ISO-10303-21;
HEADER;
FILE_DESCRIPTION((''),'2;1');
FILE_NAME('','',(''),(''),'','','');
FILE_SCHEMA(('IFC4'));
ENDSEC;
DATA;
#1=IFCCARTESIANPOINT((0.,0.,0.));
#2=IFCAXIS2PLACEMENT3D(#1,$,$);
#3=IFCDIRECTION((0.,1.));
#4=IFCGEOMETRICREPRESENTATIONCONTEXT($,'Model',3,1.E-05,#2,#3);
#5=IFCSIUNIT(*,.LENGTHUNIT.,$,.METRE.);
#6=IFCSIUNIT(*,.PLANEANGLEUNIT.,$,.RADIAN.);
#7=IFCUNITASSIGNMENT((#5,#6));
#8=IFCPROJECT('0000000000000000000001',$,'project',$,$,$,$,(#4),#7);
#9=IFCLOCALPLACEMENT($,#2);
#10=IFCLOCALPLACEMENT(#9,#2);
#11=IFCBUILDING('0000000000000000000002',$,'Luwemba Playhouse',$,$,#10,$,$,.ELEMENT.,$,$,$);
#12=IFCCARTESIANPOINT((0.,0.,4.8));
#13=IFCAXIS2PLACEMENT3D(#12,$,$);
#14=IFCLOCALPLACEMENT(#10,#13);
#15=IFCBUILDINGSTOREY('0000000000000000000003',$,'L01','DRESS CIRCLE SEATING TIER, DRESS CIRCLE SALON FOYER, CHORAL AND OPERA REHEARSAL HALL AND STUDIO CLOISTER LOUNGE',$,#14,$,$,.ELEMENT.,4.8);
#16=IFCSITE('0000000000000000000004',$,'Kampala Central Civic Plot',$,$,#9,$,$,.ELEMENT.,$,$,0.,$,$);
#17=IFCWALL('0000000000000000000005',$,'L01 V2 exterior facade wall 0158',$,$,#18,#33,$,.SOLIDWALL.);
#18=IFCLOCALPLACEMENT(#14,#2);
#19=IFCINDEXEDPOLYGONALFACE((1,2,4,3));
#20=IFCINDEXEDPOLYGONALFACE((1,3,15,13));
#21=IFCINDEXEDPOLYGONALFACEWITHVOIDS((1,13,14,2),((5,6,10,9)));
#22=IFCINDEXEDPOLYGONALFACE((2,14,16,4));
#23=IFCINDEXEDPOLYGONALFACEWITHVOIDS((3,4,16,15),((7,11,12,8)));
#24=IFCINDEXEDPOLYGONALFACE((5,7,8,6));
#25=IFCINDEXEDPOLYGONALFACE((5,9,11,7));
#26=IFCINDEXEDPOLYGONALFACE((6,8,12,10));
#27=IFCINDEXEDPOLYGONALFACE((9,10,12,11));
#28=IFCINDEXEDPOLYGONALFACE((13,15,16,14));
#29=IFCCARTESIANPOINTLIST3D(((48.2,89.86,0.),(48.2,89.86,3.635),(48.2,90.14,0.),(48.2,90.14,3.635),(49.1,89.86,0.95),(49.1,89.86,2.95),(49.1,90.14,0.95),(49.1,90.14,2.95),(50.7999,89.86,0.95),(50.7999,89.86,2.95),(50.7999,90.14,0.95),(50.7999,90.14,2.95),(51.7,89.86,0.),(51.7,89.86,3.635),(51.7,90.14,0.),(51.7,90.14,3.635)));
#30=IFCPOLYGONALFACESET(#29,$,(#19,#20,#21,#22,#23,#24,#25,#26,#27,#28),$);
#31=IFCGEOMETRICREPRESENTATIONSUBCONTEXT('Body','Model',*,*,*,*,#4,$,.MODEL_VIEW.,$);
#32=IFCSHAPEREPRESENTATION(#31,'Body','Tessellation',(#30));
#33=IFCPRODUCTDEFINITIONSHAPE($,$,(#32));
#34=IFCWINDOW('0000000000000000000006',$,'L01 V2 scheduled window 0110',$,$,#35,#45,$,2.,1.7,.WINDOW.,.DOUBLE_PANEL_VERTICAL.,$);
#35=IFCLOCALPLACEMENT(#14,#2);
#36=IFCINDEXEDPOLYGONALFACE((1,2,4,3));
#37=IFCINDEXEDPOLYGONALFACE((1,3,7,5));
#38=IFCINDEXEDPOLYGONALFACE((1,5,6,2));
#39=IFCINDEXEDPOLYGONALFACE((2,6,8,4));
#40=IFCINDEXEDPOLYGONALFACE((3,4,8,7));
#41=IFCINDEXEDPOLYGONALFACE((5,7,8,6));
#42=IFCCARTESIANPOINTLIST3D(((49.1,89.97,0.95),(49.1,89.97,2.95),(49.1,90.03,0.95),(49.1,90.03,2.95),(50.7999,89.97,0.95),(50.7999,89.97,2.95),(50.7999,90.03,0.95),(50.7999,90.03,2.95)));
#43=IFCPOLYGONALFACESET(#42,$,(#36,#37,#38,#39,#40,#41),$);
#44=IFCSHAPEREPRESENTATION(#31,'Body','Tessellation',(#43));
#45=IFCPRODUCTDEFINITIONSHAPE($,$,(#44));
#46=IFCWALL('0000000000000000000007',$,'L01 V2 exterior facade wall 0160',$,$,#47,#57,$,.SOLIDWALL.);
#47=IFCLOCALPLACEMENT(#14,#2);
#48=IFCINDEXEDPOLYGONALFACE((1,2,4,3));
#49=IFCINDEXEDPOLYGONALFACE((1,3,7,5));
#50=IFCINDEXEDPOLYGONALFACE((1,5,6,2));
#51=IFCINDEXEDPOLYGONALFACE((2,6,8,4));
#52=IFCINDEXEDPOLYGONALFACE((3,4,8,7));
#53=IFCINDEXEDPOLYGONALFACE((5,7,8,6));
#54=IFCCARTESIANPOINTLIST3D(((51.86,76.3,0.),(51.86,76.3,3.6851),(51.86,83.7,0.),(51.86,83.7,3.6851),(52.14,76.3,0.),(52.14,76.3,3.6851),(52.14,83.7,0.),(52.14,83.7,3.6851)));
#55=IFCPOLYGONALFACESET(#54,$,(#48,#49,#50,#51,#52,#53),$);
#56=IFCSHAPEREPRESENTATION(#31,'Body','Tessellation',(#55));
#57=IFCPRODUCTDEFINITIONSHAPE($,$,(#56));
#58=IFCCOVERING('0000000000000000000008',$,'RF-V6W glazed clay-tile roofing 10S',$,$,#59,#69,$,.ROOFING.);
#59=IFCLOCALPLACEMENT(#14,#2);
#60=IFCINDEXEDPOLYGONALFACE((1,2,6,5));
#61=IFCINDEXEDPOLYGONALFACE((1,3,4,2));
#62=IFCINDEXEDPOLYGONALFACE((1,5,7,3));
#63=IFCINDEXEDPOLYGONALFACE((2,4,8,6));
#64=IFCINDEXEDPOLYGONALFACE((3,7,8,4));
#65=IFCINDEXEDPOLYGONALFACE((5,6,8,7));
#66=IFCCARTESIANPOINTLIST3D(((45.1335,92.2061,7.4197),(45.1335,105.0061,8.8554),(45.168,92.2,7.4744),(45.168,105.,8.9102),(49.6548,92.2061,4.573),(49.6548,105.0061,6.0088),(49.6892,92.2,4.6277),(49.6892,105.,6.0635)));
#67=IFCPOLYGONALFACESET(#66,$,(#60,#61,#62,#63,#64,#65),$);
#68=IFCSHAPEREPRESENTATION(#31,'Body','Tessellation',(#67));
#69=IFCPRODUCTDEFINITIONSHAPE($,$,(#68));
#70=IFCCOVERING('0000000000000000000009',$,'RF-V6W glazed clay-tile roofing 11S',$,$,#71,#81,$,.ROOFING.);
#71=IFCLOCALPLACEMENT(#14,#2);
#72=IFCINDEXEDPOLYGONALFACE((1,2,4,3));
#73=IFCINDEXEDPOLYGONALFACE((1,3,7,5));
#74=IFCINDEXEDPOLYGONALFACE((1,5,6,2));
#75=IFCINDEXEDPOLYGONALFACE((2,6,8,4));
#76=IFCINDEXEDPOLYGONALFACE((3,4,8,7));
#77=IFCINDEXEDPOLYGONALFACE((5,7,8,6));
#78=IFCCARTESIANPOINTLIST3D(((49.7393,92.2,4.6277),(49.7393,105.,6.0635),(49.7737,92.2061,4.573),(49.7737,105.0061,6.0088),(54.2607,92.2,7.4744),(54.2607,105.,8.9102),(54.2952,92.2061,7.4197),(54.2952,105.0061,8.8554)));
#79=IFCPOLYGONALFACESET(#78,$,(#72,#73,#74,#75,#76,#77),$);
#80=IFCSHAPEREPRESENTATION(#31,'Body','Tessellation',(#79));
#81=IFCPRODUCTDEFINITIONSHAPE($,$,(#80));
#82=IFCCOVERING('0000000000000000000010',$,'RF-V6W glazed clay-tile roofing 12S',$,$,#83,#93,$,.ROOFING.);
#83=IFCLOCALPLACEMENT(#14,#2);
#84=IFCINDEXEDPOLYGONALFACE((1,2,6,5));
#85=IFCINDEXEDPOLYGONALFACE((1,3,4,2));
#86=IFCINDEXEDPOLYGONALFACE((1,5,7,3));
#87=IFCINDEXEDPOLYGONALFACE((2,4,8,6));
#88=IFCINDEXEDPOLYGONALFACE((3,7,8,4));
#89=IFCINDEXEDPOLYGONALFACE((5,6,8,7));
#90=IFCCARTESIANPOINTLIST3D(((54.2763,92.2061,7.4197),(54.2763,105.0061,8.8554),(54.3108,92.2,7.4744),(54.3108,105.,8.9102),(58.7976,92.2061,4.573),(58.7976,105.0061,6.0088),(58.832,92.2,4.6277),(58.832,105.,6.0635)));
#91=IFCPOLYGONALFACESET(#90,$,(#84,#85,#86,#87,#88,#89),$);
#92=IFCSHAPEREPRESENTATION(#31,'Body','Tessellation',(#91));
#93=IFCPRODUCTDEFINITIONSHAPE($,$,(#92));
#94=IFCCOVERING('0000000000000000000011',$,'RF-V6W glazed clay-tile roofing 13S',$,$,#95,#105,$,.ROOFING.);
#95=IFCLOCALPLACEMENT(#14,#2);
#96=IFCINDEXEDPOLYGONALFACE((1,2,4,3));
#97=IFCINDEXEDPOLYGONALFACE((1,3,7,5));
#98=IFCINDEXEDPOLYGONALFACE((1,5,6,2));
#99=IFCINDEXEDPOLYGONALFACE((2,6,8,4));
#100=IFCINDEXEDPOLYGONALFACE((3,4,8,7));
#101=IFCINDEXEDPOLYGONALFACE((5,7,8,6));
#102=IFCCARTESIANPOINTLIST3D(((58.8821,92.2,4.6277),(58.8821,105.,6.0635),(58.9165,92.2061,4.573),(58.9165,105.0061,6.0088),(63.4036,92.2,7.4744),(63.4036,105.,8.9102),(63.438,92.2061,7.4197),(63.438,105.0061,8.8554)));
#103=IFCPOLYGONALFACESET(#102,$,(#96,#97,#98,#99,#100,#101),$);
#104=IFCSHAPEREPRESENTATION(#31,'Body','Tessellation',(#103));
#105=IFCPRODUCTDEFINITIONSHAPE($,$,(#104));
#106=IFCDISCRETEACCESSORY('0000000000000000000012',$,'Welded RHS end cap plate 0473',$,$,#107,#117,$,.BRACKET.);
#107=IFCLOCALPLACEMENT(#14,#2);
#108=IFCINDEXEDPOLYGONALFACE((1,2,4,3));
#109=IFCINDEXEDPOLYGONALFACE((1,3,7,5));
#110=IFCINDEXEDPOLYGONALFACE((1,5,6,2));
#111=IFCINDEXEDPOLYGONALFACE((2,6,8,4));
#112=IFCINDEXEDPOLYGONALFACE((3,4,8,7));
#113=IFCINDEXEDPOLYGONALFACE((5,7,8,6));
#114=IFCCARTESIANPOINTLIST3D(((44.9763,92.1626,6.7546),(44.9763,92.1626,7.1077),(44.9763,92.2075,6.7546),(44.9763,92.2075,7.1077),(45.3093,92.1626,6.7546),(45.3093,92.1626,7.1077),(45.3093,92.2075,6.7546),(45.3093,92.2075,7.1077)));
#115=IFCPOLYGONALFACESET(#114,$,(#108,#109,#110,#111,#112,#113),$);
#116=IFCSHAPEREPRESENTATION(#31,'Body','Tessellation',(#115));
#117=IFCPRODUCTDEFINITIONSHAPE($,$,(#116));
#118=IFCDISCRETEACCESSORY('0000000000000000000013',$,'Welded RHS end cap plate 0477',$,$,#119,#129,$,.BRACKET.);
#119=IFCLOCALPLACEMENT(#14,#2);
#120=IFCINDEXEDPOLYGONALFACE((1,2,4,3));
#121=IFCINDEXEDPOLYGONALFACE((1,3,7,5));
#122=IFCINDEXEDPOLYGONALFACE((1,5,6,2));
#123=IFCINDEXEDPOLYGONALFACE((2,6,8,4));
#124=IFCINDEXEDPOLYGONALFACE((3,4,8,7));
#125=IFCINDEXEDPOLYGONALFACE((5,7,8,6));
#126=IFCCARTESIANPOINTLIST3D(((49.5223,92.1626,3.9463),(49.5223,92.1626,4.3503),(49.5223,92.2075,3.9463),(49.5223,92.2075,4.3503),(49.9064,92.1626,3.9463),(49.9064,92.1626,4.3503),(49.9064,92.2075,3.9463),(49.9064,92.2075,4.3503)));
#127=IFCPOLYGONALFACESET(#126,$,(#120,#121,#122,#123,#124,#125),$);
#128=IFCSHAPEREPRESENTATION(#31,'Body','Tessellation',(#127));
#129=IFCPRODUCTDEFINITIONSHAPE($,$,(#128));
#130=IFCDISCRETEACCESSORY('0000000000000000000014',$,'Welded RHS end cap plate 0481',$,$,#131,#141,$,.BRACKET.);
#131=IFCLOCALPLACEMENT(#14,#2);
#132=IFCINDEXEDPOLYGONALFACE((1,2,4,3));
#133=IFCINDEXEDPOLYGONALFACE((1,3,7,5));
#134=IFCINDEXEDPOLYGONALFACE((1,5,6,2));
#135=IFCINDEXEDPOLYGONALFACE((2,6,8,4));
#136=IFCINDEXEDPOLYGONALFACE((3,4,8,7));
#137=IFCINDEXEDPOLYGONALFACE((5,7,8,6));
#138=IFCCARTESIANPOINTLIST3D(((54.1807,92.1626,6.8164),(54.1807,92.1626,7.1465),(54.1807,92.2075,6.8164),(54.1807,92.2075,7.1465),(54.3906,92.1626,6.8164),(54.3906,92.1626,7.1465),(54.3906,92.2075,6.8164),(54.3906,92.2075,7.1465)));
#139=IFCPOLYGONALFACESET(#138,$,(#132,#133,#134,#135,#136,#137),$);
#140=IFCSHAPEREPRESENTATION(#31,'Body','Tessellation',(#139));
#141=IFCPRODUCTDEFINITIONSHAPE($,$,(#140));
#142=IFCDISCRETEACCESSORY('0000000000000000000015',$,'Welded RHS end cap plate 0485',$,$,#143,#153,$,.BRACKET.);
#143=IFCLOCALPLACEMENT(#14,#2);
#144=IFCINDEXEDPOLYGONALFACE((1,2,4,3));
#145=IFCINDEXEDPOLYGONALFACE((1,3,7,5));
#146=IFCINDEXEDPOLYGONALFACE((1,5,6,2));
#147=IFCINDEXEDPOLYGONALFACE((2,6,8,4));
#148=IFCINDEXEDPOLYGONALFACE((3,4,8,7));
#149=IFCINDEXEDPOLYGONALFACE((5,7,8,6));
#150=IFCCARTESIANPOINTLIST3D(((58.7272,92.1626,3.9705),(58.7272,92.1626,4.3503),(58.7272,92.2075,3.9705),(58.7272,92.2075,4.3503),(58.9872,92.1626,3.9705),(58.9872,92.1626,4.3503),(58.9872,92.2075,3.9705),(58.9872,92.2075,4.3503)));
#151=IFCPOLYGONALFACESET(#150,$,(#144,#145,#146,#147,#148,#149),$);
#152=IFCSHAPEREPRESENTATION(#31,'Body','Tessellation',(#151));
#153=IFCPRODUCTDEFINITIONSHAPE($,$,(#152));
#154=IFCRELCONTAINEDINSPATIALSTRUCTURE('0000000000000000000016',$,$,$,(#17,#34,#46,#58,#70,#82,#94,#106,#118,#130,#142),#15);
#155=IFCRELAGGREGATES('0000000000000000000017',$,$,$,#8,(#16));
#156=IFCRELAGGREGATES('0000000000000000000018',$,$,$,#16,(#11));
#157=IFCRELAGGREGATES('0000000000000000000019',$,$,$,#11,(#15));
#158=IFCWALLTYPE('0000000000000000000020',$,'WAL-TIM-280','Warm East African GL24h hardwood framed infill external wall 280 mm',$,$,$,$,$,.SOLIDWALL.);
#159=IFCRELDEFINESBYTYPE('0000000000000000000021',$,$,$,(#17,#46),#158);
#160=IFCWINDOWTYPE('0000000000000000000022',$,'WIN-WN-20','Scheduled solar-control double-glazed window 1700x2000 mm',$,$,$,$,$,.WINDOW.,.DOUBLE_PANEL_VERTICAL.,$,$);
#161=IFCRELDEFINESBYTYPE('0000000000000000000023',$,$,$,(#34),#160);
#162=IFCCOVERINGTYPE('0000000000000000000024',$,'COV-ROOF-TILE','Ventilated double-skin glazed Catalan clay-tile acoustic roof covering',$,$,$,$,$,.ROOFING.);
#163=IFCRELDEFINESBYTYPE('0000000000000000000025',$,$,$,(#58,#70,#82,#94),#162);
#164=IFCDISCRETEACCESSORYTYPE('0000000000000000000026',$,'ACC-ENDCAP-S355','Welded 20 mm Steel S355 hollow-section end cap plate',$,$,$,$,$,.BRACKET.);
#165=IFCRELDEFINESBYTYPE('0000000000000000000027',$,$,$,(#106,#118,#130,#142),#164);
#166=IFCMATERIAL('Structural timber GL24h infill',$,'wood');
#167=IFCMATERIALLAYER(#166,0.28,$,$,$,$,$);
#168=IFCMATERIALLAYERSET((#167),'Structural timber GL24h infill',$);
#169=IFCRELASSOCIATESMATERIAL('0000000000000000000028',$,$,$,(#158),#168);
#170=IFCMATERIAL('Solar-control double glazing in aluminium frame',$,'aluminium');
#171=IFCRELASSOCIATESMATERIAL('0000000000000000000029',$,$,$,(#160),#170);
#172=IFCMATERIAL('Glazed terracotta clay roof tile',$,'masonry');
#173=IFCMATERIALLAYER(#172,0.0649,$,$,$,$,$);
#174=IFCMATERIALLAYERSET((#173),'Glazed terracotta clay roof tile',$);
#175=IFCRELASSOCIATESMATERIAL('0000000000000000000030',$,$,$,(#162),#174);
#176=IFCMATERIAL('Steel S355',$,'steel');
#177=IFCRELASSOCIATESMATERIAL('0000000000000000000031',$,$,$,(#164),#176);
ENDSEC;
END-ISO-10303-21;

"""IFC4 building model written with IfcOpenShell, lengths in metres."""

from ifc_helpers import new_model, si_unit, direction, frame, frame_2d, origin, origin_2d, place, context, subcontext, project, spatial, polyline, rectangle, outline, extrude, material, layer, layer_set, type_object, element, fill, save


model = new_model("IFC4")

# Units and contexts
model_context = context("Model", 3, precision=1e-05, world=origin(), true_north=direction((0.0, 1.0)))
body_context = subcontext(model_context, "Body", "Model", "MODEL_VIEW")
ifc_project = project(units=[si_unit("LENGTHUNIT", "METRE"), si_unit("PLANEANGLEUNIT", "RADIAN")], contexts=[model_context])

# Site, building, storey
site_placement = place(None, origin())
site = spatial("IfcSite", under=ifc_project, at=site_placement, Name="Kampala Central Civic Plot", CompositionType="ELEMENT", RefElevation=0.0)
building_placement = place(site_placement, origin())
building = spatial("IfcBuilding", under=site, at=building_placement, Name="Luwemba Playhouse", CompositionType="ELEMENT")
storey_placement = place(building_placement, frame((0.0, 0.0, 4.8)))
storey = spatial("IfcBuildingStorey", under=building, at=storey_placement, Name="L01", Description="DRESS CIRCLE SEATING TIER, DRESS CIRCLE SALON FOYER, CHORAL AND OPERA REHEARSAL HALL AND STUDIO CLOISTER LOUNGE", CompositionType="ELEMENT", Elevation=4.8)

# Shared definitions
ifc_material_1 = material(Name="Steel S355", Category="steel")

# Wall, opening, window
ifc_material_2 = material(Name="Structural timber GL24h infill", Category="wood")
ifc_layer_1 = layer(ifc_material_2, 0.28)
ifc_layer_set_1 = layer_set([ifc_layer_1], Name="Structural timber GL24h infill")
wall_type_1 = type_object("IfcWallType", Name="WAL-TIM-280", Description="Warm East African GL24h hardwood framed infill external wall 280 mm", PredefinedType="SOLIDWALL", material=ifc_layer_set_1)
wall_1_placement = place(storey_placement, frame((48.2, 90.0, 0.0), z_axis=(0.0, 0.0, 1.0), x_axis=(1.0, 0.0, 0.0)))
wall_1 = element("IfcWall", 1, at=wall_1_placement, inside=storey, type_object=wall_type_1, Name="L01 V2 exterior facade wall 0158", PredefinedType="SOLIDWALL", context=body_context, shape_type="SweptSolid", body=[
    extrude(rectangle(XDim=3.5, YDim=0.28, at=frame_2d((1.75, 0.0))), origin(), (0.0, 0.0, 1.0), 3.635),
])
opening_1_placement = place(wall_1_placement, frame((0.8999, 0.0, 0.95)))
opening_1 = element("IfcOpeningElement", 2, at=opening_1_placement, cuts=wall_1, PredefinedType="OPENING", context=body_context, shape_type="SweptSolid", body=[
    extrude(rectangle(XDim=1.7, YDim=2.0, at=frame_2d((0.8501, 1.0))), frame((0.0, 0.1499, 0.0), z_axis=(0.0, -1.0, 0.0), x_axis=(1.0, 0.0, 0.0)), (0.0, 0.0, 1.0), 0.3),
])
ifc_material_3 = material(Name="Solar-control double glazing in aluminium frame", Category="aluminium")
window_type = type_object("IfcWindowType", Name="WIN-WN-20", Description="Scheduled solar-control double-glazed window 1700x2000 mm", PartitioningType="DOUBLE_PANEL_VERTICAL", PredefinedType="WINDOW", material=ifc_material_3)
window_placement = place(opening_1_placement, origin())
window = element("IfcWindow", 3, at=window_placement, inside=storey, type_object=window_type, Name="L01 V2 scheduled window 0110", OverallHeight=2.0, OverallWidth=1.7, PartitioningType="DOUBLE_PANEL_VERTICAL", PredefinedType="WINDOW", context=body_context, shape_type="SweptSolid", body=[
    extrude(rectangle(XDim=1.7, YDim=2.0, at=frame_2d((0.8501, 1.0))), frame((0.0, 0.03, 0.0), z_axis=(0.0, -1.0, 0.0), x_axis=(1.0, 0.0, 0.0)), (0.0, 0.0, 1.0), 0.0601),
])
fill(opening_1, window)

# Wall
wall_2_placement = place(storey_placement, frame((52.0, 83.7, 0.0), z_axis=(0.0, 0.0, 1.0), x_axis=(0.0, -1.0, 0.0)))
element("IfcWall", 4, at=wall_2_placement, inside=storey, type_object=wall_type_1, Name="L01 V2 exterior facade wall 0160", PredefinedType="SOLIDWALL", context=body_context, shape_type="SweptSolid", body=[
    extrude(rectangle(XDim=7.3999, YDim=0.28, at=frame_2d((3.7, 0.0))), origin(), (0.0, 0.0, 1.0), 3.6851),
])

# Coverings
ifc_material_4 = material(Name="Glazed terracotta clay roof tile", Category="masonry")
ifc_layer_2 = layer(ifc_material_4, 0.0649)
ifc_layer_set_2 = layer_set([ifc_layer_2], Name="Glazed terracotta clay roof tile")
covering_type = type_object("IfcCoveringType", Name="COV-ROOF-TILE", Description="Ventilated double-skin glazed Catalan clay-tile acoustic roof covering", PredefinedType="ROOFING", material=ifc_layer_set_2)
covering_1_placement = place(storey_placement, frame((45.168, 92.2, 7.4744), z_axis=(0.530425, -0.094498, 0.842448), x_axis=(0.846235, 0.0, -0.53281)))
element("IfcCovering", 5, at=covering_1_placement, inside=storey, type_object=covering_type, Name="RF-V6W glazed clay-tile roofing 10S", PredefinedType="ROOFING", context=body_context, shape_type="SweptSolid", body=[
    extrude(outline(polyline([(0.0, 0.0), (5.3428, 0.0), (4.5778, 12.8576), (-0.765, 12.8576), (0.0, 0.0)])), origin(), (0.0, 0.0, -1.0), 0.0649),
])
covering_2_placement = place(storey_placement, frame((49.7393, 92.2, 4.6277), z_axis=(-0.530405, -0.094499, 0.842461), x_axis=(0.846248, 0.0, 0.532789)))
element("IfcCovering", 6, at=covering_2_placement, inside=storey, type_object=covering_type, Name="RF-V6W glazed clay-tile roofing 11S", PredefinedType="ROOFING", context=body_context, shape_type="SweptSolid", body=[
    extrude(outline(polyline([(0.0, 0.0), (5.343, 0.0), (6.108, 12.8576), (0.765, 12.8576), (0.0, 0.0)])), origin(), (0.0, 0.0, -1.0), 0.0649),
])
covering_3_placement = place(storey_placement, frame((54.3108, 92.2, 7.4744), z_axis=(0.530425, -0.094498, 0.842448), x_axis=(0.846235, 0.0, -0.53281)))
element("IfcCovering", 7, at=covering_3_placement, inside=storey, type_object=covering_type, Name="RF-V6W glazed clay-tile roofing 12S", PredefinedType="ROOFING", context=body_context, shape_type="SweptSolid", body=[
    extrude(outline(polyline([(0.0, 0.0), (5.3428, 0.0), (4.5778, 12.8576), (-0.765, 12.8576), (0.0, 0.0)])), origin(), (0.0, 0.0, -1.0), 0.0649),
])
covering_4_placement = place(storey_placement, frame((58.8821, 92.2, 4.6277), z_axis=(-0.530405, -0.094499, 0.842461), x_axis=(0.846248, 0.0, 0.532789)))
element("IfcCovering", 8, at=covering_4_placement, inside=storey, type_object=covering_type, Name="RF-V6W glazed clay-tile roofing 13S", PredefinedType="ROOFING", context=body_context, shape_type="SweptSolid", body=[
    extrude(outline(polyline([(0.0, 0.0), (5.343, 0.0), (6.108, 12.8576), (0.765, 12.8576), (0.0, 0.0)])), origin(), (0.0, 0.0, -1.0), 0.0649),
])

# Discrete accessories
discrete_accessory_type = type_object("IfcDiscreteAccessoryType", Name="ACC-ENDCAP-S355", Description="Welded 20 mm Steel S355 hollow-section end cap plate", PredefinedType="BRACKET", material=ifc_material_1)
discrete_accessory_1_placement = place(storey_placement, frame((45.1428, 92.1851, 6.7546), z_axis=(0.0, 0.0, 1.0), x_axis=(1.0, 0.0, 0.0)))
element("IfcDiscreteAccessory", 9, at=discrete_accessory_1_placement, inside=storey, type_object=discrete_accessory_type, Name="Welded RHS end cap plate 0473", PredefinedType="BRACKET", context=body_context, shape_type="SweptSolid", body=[
    extrude(rectangle(XDim=0.333, YDim=0.0449, at=origin_2d()), origin(), (0.0, 0.0, 1.0), 0.353),
])
discrete_accessory_2_placement = place(storey_placement, frame((49.7144, 92.1851, 3.9463), z_axis=(0.0, 0.0, 1.0), x_axis=(1.0, 0.0, 0.0)))
element("IfcDiscreteAccessory", 10, at=discrete_accessory_2_placement, inside=storey, type_object=discrete_accessory_type, Name="Welded RHS end cap plate 0477", PredefinedType="BRACKET", context=body_context, shape_type="SweptSolid", body=[
    extrude(rectangle(XDim=0.384, YDim=0.0449, at=origin_2d()), origin(), (0.0, 0.0, 1.0), 0.4041),
])
discrete_accessory_3_placement = place(storey_placement, frame((54.2856, 92.1851, 6.8164), z_axis=(0.0, 0.0, 1.0), x_axis=(1.0, 0.0, 0.0)))
element("IfcDiscreteAccessory", 11, at=discrete_accessory_3_placement, inside=storey, type_object=discrete_accessory_type, Name="Welded RHS end cap plate 0481", PredefinedType="BRACKET", context=body_context, shape_type="SweptSolid", body=[
    extrude(rectangle(XDim=0.21, YDim=0.0449, at=origin_2d()), origin(), (0.0, 0.0, 1.0), 0.3301),
])
discrete_accessory_4_placement = place(storey_placement, frame((58.8572, 92.1851, 3.9705), z_axis=(0.0, 0.0, 1.0), x_axis=(1.0, 0.0, 0.0)))
element("IfcDiscreteAccessory", 12, at=discrete_accessory_4_placement, inside=storey, type_object=discrete_accessory_type, Name="Welded RHS end cap plate 0485", PredefinedType="BRACKET", context=body_context, shape_type="SweptSolid", body=[
    extrude(rectangle(XDim=0.26, YDim=0.0449, at=origin_2d()), origin(), (0.0, 0.0, 1.0), 0.3799),
])

save(model, "model.ifc")
